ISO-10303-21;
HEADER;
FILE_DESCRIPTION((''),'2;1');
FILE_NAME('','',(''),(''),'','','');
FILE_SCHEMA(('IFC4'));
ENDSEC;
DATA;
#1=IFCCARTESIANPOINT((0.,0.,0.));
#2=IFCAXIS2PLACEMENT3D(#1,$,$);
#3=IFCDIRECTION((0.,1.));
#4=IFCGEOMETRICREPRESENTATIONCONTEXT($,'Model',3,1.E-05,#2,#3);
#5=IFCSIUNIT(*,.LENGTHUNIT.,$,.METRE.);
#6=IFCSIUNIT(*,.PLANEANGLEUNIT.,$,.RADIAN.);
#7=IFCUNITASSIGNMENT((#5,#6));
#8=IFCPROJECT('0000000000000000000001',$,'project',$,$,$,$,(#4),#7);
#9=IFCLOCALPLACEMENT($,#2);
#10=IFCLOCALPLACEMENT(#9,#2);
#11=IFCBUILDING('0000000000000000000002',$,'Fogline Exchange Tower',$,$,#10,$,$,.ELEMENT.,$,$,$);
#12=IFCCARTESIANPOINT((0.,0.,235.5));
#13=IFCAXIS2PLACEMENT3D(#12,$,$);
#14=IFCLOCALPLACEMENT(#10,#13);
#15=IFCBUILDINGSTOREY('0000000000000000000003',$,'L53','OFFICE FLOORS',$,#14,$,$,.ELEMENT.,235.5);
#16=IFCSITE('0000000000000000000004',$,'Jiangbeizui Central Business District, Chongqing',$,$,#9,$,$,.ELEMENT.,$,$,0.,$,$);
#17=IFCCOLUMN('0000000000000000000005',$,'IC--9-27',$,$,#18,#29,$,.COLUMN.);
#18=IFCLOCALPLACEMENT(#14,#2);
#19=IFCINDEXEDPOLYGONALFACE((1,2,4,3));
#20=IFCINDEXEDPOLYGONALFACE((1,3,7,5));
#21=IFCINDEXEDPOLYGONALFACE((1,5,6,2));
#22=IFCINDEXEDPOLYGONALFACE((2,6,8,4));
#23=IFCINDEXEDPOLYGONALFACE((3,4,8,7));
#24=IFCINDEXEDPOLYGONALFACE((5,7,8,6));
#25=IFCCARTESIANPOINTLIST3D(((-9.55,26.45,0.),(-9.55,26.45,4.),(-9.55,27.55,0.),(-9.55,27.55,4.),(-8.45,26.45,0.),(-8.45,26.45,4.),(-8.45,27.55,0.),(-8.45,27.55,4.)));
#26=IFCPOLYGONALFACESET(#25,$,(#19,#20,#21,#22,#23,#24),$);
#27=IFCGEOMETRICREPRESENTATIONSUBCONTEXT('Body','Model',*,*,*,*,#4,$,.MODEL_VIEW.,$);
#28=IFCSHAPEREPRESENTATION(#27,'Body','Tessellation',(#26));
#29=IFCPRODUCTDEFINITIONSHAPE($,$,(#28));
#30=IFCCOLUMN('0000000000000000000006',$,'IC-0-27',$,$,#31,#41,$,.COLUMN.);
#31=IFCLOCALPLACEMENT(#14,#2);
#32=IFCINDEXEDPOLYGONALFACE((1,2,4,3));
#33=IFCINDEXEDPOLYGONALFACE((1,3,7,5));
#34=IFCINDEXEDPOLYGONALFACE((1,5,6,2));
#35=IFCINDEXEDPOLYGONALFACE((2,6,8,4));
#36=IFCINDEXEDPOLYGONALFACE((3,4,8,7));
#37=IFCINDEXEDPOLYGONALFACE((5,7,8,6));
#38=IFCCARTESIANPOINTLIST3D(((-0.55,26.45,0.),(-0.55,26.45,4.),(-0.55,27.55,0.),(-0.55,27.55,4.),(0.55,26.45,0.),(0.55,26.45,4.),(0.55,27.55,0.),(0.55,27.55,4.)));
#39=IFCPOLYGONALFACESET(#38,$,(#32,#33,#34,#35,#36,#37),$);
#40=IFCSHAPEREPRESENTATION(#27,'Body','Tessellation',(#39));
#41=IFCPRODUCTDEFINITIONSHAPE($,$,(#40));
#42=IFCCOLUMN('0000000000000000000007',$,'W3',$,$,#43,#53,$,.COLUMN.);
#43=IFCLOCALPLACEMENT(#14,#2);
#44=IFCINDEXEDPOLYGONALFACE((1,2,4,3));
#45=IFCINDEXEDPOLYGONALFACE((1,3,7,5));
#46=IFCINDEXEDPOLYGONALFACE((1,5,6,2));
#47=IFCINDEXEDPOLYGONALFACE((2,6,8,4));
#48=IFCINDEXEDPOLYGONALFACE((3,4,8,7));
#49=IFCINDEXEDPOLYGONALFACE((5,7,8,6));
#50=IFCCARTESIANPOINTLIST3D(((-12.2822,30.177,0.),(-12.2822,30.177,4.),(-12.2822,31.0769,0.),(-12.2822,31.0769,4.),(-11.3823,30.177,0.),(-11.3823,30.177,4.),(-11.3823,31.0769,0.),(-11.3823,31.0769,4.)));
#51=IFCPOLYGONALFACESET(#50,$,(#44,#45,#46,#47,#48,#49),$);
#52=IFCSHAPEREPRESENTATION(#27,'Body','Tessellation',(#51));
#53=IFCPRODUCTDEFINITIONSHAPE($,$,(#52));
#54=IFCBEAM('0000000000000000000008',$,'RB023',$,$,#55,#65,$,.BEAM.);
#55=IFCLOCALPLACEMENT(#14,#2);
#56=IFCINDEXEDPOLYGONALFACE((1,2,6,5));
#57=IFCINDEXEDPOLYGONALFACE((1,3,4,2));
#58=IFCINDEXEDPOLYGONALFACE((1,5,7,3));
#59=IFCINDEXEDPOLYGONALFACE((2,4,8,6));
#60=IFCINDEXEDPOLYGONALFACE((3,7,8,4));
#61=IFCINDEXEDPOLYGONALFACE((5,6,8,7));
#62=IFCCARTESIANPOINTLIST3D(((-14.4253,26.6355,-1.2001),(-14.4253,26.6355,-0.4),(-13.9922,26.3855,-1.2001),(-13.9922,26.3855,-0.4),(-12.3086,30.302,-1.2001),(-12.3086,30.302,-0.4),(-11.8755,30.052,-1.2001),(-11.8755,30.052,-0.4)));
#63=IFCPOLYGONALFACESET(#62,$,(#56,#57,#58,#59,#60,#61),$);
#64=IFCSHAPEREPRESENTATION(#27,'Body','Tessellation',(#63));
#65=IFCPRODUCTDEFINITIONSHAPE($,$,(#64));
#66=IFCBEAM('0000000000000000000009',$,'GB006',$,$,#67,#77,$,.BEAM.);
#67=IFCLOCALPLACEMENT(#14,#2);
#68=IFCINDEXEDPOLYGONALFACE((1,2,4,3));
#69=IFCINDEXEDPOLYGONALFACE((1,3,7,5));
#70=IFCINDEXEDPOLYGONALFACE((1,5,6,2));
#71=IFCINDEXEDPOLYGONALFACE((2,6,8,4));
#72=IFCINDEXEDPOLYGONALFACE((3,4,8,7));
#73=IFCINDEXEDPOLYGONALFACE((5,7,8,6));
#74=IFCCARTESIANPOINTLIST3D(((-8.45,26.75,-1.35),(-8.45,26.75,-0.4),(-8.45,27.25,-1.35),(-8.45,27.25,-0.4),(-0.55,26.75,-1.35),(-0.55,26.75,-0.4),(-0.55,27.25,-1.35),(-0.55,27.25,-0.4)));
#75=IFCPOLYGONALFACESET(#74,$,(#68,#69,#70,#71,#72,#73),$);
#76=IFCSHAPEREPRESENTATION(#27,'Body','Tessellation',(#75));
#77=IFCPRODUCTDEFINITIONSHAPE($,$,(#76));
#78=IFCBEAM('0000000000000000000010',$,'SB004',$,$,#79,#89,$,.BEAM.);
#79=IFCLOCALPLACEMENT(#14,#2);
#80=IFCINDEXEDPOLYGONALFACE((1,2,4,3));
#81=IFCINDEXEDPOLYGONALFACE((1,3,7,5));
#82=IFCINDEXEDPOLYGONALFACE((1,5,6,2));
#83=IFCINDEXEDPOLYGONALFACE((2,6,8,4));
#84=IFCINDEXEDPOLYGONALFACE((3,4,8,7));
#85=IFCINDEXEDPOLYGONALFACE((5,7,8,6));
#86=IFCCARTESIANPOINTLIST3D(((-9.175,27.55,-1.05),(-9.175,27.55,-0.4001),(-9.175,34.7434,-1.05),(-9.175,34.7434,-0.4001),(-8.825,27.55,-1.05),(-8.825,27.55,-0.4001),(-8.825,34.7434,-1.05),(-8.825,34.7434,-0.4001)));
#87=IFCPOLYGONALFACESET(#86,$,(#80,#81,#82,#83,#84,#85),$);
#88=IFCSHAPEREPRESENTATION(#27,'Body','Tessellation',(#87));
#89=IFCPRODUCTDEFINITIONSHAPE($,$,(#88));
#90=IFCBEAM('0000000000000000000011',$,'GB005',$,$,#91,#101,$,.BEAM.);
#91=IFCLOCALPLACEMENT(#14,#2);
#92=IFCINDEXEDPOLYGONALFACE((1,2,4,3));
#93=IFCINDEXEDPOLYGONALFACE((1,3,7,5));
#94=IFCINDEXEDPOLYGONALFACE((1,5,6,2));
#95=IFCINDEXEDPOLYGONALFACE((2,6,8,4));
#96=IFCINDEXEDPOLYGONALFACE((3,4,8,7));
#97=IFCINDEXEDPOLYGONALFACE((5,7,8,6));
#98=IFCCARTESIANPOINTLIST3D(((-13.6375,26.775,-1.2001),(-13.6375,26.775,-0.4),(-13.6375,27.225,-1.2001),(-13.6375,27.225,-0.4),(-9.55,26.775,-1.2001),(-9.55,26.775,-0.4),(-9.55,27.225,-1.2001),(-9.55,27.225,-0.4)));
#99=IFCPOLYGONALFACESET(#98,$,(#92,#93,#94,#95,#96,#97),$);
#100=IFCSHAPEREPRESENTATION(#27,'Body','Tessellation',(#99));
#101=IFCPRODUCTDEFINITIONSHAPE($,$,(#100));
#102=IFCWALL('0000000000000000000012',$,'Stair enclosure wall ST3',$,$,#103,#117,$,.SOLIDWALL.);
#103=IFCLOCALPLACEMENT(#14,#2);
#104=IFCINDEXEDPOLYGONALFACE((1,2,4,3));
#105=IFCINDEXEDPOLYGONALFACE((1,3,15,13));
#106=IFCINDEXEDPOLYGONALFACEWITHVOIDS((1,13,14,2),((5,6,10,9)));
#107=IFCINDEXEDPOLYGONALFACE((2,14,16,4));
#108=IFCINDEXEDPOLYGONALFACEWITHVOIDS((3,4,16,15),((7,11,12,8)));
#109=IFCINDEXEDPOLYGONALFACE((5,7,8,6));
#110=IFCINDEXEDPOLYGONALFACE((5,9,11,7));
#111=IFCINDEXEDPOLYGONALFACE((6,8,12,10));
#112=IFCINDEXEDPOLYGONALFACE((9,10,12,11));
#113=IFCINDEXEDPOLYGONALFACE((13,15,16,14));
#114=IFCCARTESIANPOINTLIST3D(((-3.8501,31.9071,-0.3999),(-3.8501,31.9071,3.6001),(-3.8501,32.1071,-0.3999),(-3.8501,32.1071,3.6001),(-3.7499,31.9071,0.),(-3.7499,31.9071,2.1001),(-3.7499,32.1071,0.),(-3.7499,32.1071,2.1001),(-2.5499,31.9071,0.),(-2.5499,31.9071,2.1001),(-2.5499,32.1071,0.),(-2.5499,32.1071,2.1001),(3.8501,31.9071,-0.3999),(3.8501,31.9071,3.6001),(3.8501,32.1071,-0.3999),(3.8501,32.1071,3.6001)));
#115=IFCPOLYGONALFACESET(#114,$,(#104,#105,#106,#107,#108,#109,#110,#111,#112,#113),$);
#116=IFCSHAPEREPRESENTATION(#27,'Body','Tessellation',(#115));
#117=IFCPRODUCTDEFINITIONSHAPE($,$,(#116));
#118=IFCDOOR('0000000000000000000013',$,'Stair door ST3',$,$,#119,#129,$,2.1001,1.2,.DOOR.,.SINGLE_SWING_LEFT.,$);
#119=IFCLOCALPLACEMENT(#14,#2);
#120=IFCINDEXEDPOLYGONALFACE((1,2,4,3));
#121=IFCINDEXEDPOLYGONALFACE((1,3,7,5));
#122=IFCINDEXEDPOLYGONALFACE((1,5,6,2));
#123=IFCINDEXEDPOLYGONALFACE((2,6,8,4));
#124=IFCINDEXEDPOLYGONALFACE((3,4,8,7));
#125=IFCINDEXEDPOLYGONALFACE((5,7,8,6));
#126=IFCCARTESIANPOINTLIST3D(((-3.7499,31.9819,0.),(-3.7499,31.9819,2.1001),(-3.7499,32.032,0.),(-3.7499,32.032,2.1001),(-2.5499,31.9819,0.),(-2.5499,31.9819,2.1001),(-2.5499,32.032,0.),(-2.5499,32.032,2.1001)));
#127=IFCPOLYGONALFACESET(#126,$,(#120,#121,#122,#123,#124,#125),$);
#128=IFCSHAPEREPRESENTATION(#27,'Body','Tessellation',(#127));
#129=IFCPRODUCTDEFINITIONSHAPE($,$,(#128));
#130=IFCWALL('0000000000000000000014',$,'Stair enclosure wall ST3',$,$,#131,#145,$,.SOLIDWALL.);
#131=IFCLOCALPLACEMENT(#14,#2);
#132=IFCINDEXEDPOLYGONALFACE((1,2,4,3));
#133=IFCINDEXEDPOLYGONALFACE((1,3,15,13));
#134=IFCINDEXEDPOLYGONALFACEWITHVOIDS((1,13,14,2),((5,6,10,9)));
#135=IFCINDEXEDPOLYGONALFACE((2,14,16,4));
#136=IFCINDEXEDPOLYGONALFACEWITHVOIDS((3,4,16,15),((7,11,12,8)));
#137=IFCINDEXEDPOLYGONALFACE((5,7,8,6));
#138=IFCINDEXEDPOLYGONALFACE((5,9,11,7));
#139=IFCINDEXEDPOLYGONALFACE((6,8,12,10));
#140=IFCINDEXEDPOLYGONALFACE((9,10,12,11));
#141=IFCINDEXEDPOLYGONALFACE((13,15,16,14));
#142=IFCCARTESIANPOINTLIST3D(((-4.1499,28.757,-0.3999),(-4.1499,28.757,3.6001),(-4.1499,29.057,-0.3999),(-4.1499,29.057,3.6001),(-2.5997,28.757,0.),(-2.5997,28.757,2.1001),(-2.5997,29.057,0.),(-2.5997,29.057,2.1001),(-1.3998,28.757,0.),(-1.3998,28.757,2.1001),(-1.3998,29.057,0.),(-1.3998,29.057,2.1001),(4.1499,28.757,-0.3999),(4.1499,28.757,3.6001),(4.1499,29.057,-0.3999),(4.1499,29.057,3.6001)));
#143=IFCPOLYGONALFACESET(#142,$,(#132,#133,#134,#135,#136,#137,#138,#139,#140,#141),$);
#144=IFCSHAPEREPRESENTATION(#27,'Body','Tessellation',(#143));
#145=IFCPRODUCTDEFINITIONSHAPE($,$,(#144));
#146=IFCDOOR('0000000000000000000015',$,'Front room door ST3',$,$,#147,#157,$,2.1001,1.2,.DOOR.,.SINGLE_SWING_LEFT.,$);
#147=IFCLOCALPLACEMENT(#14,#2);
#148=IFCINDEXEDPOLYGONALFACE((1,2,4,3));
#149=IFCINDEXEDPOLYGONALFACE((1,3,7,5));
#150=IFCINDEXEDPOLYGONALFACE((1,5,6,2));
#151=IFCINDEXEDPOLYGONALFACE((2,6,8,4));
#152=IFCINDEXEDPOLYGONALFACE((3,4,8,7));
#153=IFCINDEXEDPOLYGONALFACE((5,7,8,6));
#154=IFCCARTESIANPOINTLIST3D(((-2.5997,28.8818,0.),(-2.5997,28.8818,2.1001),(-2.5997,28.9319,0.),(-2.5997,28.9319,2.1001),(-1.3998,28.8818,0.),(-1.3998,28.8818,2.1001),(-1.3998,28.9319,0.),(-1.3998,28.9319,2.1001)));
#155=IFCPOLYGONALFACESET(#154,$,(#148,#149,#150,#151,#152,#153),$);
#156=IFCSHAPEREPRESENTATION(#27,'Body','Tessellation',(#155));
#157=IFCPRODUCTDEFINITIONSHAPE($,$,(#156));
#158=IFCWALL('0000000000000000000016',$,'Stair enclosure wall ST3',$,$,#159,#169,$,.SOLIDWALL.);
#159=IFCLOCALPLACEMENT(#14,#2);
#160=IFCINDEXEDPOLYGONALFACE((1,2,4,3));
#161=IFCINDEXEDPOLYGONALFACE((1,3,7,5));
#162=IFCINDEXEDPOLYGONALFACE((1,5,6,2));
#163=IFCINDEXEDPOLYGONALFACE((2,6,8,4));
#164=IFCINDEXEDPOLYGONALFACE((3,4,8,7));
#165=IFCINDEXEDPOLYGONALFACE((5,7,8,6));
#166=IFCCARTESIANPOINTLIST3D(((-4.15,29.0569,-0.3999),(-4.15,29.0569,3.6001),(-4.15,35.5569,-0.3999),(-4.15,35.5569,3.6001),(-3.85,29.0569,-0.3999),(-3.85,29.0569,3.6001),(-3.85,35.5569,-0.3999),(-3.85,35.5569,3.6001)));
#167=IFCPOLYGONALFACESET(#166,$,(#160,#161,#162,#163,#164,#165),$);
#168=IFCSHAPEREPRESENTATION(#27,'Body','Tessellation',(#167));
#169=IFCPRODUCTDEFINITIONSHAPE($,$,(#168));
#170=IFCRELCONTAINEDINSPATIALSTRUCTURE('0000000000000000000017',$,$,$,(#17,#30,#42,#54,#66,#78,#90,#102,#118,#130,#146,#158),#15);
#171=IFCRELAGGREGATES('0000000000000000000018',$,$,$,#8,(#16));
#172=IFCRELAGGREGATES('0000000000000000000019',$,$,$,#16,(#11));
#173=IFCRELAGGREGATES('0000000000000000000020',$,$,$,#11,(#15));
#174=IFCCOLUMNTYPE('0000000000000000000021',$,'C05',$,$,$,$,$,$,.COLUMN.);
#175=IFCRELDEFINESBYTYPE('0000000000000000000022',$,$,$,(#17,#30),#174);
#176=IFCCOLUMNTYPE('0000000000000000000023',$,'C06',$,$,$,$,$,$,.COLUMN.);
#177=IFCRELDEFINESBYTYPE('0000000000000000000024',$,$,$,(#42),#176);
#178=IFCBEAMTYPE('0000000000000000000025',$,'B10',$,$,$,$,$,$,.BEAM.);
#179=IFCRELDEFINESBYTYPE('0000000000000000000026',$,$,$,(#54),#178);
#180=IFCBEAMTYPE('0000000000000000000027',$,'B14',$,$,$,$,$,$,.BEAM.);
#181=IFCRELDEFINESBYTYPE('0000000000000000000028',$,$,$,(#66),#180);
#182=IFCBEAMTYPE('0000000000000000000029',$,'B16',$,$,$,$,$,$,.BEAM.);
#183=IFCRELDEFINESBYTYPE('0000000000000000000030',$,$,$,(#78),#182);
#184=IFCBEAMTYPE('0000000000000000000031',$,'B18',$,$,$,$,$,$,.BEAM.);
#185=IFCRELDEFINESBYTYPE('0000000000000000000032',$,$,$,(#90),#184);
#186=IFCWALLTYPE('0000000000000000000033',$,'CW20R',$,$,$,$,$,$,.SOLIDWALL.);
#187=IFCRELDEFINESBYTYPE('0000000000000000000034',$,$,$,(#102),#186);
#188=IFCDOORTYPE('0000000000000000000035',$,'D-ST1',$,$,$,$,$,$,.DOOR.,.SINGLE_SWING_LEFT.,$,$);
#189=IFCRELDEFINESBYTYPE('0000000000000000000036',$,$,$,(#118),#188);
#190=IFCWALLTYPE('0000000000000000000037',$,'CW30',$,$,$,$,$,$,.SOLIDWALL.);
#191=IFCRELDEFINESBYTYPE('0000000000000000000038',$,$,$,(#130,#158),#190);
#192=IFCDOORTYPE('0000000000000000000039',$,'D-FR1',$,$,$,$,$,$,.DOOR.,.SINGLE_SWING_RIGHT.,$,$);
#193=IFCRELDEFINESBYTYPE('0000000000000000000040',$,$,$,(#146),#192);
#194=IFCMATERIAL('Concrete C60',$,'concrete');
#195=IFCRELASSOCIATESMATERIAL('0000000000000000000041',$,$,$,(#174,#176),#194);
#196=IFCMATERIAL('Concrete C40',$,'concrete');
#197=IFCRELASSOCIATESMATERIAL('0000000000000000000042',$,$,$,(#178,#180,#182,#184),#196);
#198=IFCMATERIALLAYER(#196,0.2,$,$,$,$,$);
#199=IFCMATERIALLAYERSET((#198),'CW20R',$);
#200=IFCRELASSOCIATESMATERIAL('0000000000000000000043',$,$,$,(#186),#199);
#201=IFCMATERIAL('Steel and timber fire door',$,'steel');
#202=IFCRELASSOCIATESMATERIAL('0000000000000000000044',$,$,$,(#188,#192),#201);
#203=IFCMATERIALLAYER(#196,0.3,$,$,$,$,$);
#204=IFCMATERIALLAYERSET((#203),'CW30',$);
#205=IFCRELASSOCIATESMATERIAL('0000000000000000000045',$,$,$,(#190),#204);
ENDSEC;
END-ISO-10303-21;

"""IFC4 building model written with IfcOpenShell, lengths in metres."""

from ifc_helpers import new_model, si_unit, direction, frame, frame_2d, origin, origin_2d, place, context, subcontext, project, spatial, rectangle, extrude, material, layer, layer_set, material_profile, profile_set, type_object, element, fill, save


model = new_model("IFC4")

# Units and contexts
model_context = context("Model", 3, precision=1e-05, world=origin(), true_north=direction((0.0, 1.0)))
body_context = subcontext(model_context, "Body", "Model", "MODEL_VIEW")
ifc_project = project(units=[si_unit("LENGTHUNIT", "METRE"), si_unit("PLANEANGLEUNIT", "RADIAN")], contexts=[model_context])

# Site, building, storey
site_placement = place(None, origin())
site = spatial("IfcSite", under=ifc_project, at=site_placement, Name="Jiangbeizui Central Business District, Chongqing", CompositionType="ELEMENT", RefElevation=0.0)
building_placement = place(site_placement, origin())
building = spatial("IfcBuilding", under=site, at=building_placement, Name="Fogline Exchange Tower", CompositionType="ELEMENT")
storey_placement = place(building_placement, frame((0.0, 0.0, 235.5)))
storey = spatial("IfcBuildingStorey", under=building, at=storey_placement, Name="L53", Description="OFFICE FLOORS", CompositionType="ELEMENT", Elevation=235.5)

# Columns
ifc_material_1 = material(Name="Concrete C60", Category="concrete")
ifc_material_profile_1 = material_profile(ifc_material_1, rectangle(XDim=1.1001, YDim=1.1001, at=origin_2d()), Name="RC 1100x1100")
ifc_profile_set_1 = profile_set([ifc_material_profile_1], Name="Concrete C60")
column_type_1 = type_object("IfcColumnType", Name="C05", PredefinedType="COLUMN", material=ifc_profile_set_1)
for number, where, z_axis, x_axis, name in (
    (1, (-9.0, 27.0, 0.0), (0.0, 0.0, 1.0), (1.0, 0.0, 0.0), "IC--9-27"),
    (2, (0.0, 27.0, 0.0), (0.0, 0.0, 1.0), (1.0, 0.0, 0.0), "IC-0-27"),
):
    element("IfcColumn", number, at=place(storey_placement, frame(where, z_axis=z_axis, x_axis=x_axis)), inside=storey, type_object=column_type_1, Name=name, PredefinedType="COLUMN", context=body_context, shape_type="SweptSolid", body=[
        extrude(rectangle(XDim=1.1001, YDim=1.1001, at=origin_2d()), origin(), (0.0, 0.0, 1.0), 4.0),
    ])
ifc_material_profile_2 = material_profile(ifc_material_1, rectangle(XDim=0.8999, YDim=0.8999, at=origin_2d()), Name="RC 900x900")
ifc_profile_set_2 = profile_set([ifc_material_profile_2], Name="Concrete C60")
column_type_2 = type_object("IfcColumnType", Name="C06", PredefinedType="COLUMN", material=ifc_profile_set_2)
column_placement = place(storey_placement, frame((-11.8323, 30.627, 0.0), z_axis=(0.0, 0.0, 1.0), x_axis=(1.0, 0.0, 0.0)))
element("IfcColumn", 3, at=column_placement, inside=storey, type_object=column_type_2, Name="W3", PredefinedType="COLUMN", context=body_context, shape_type="SweptSolid", body=[
    extrude(rectangle(XDim=0.8999, YDim=0.8999, at=origin_2d()), origin(), (0.0, 0.0, 1.0), 4.0),
])

# Beams
ifc_material_2 = material(Name="Concrete C40", Category="concrete")
ifc_material_profile_3 = material_profile(ifc_material_2, rectangle(XDim=0.5, YDim=0.8, at=origin_2d()), Name="RC 500x800")
ifc_profile_set_3 = profile_set([ifc_material_profile_3], Name="Concrete C40")
beam_type_1 = type_object("IfcBeamType", Name="B10", PredefinedType="BEAM", material=ifc_profile_set_3)
beam_1_placement = place(storey_placement, frame((-12.092, 30.177, -0.8), z_axis=(-0.499972, -0.866042, 0.0), x_axis=(0.866042, -0.499972, 0.0)))
element("IfcBeam", 4, at=beam_1_placement, inside=storey, type_object=beam_type_1, Name="RB023", PredefinedType="BEAM", context=body_context, shape_type="SweptSolid", body=[
    extrude(rectangle(XDim=0.5, YDim=0.8, at=origin_2d()), origin(), (0.0, 0.0, 1.0), 4.2336),
])
ifc_material_profile_4 = material_profile(ifc_material_2, rectangle(XDim=0.5, YDim=0.95, at=origin_2d()), Name="RC 500x950")
ifc_profile_set_4 = profile_set([ifc_material_profile_4], Name="Concrete C40")
beam_type_2 = type_object("IfcBeamType", Name="B14", PredefinedType="BEAM", material=ifc_profile_set_4)
beam_2_placement = place(storey_placement, frame((-8.45, 27.0, -0.875), z_axis=(1.0, 0.0, 0.0), x_axis=(0.0, 1.0, 0.0)))
element("IfcBeam", 5, at=beam_2_placement, inside=storey, type_object=beam_type_2, Name="GB006", PredefinedType="BEAM", context=body_context, shape_type="SweptSolid", body=[
    extrude(rectangle(XDim=0.5, YDim=0.95, at=origin_2d()), origin(), (0.0, 0.0, 1.0), 7.8999),
])
ifc_material_profile_5 = material_profile(ifc_material_2, rectangle(XDim=0.3501, YDim=0.6499, at=origin_2d()), Name="RC 350x650")
ifc_profile_set_5 = profile_set([ifc_material_profile_5], Name="Concrete C40")
beam_type_3 = type_object("IfcBeamType", Name="B16", PredefinedType="BEAM", material=ifc_profile_set_5)
beam_3_placement = place(storey_placement, frame((-9.0, 27.55, -0.7251), z_axis=(0.0, 1.0, 0.0), x_axis=(-1.0, 0.0, 0.0)))
element("IfcBeam", 6, at=beam_3_placement, inside=storey, type_object=beam_type_3, Name="SB004", PredefinedType="BEAM", context=body_context, shape_type="SweptSolid", body=[
    extrude(rectangle(XDim=0.3501, YDim=0.6499, at=origin_2d()), origin(), (0.0, 0.0, 1.0), 7.1934),
])
ifc_material_profile_6 = material_profile(ifc_material_2, rectangle(XDim=0.45, YDim=0.8, at=origin_2d()), Name="RC 450x800")
ifc_profile_set_6 = profile_set([ifc_material_profile_6], Name="Concrete C40")
beam_type_4 = type_object("IfcBeamType", Name="B18", PredefinedType="BEAM", material=ifc_profile_set_6)
beam_4_placement = place(storey_placement, frame((-13.6375, 27.0, -0.8), z_axis=(1.0, 0.0, 0.0), x_axis=(0.0, 1.0, 0.0)))
element("IfcBeam", 7, at=beam_4_placement, inside=storey, type_object=beam_type_4, Name="GB005", PredefinedType="BEAM", context=body_context, shape_type="SweptSolid", body=[
    extrude(rectangle(XDim=0.45, YDim=0.8, at=origin_2d()), origin(), (0.0, 0.0, 1.0), 4.0874),
])

# Walls, openings, doors
ifc_layer_1 = layer(ifc_material_2, 0.2)
ifc_layer_set_1 = layer_set([ifc_layer_1], Name="CW20R")
wall_type_1 = type_object("IfcWallType", Name="CW20R", PredefinedType="SOLIDWALL", material=ifc_layer_set_1)
wall_1_placement = place(storey_placement, frame((-3.8501, 32.0071, -0.3999), z_axis=(0.0, 0.0, 1.0), x_axis=(1.0, 0.0, 0.0)))
wall_1 = element("IfcWall", 8, at=wall_1_placement, inside=storey, type_object=wall_type_1, Name="Stair enclosure wall ST3", PredefinedType="SOLIDWALL", context=body_context, shape_type="SweptSolid", body=[
    extrude(rectangle(XDim=7.7002, YDim=0.2, at=frame_2d((3.8501, 0.0))), origin(), (0.0, 0.0, 1.0), 4.0),
])
opening_1_placement = place(wall_1_placement, frame((0.1001, 0.0, 0.3999)))
opening_1 = element("IfcOpeningElement", 9, at=opening_1_placement, cuts=wall_1, PredefinedType="OPENING", context=body_context, shape_type="SweptSolid", body=[
    extrude(rectangle(XDim=1.2, YDim=2.1001, at=frame_2d((0.6001, 1.05))), frame((0.0, 0.1099, 0.0), z_axis=(0.0, -1.0, 0.0), x_axis=(1.0, 0.0, 0.0)), (0.0, 0.0, 1.0), 0.22),
])
ifc_material_3 = material(Name="Steel and timber fire door", Category="steel")
door_type_1 = type_object("IfcDoorType", Name="D-ST1", OperationType="SINGLE_SWING_LEFT", PredefinedType="DOOR", material=ifc_material_3)
door_1_placement = place(opening_1_placement, origin())
door_1 = element("IfcDoor", 10, at=door_1_placement, inside=storey, type_object=door_type_1, Name="Stair door ST3", OperationType="SINGLE_SWING_LEFT", OverallHeight=2.1001, OverallWidth=1.2, PredefinedType="DOOR", context=body_context, shape_type="SweptSolid", body=[
    extrude(rectangle(XDim=1.2, YDim=2.1001, at=frame_2d((0.6001, 1.05))), frame((0.0, 0.0249, 0.0), z_axis=(0.0, -1.0, 0.0), x_axis=(1.0, 0.0, 0.0)), (0.0, 0.0, 1.0), 0.05),
])
fill(opening_1, door_1)
ifc_layer_2 = layer(ifc_material_2, 0.3)
ifc_layer_set_2 = layer_set([ifc_layer_2], Name="CW30")
wall_type_2 = type_object("IfcWallType", Name="CW30", PredefinedType="SOLIDWALL", material=ifc_layer_set_2)
wall_2_placement = place(storey_placement, frame((-4.1499, 28.907, -0.3999), z_axis=(0.0, 0.0, 1.0), x_axis=(1.0, 0.0, 0.0)))
wall_2 = element("IfcWall", 11, at=wall_2_placement, inside=storey, type_object=wall_type_2, Name="Stair enclosure wall ST3", PredefinedType="SOLIDWALL", context=body_context, shape_type="SweptSolid", body=[
    extrude(rectangle(XDim=8.2998, YDim=0.3, at=frame_2d((4.1499, 0.0))), origin(), (0.0, 0.0, 1.0), 4.0),
])
opening_2_placement = place(wall_2_placement, frame((1.55, 0.0, 0.3999)))
opening_2 = element("IfcOpeningElement", 12, at=opening_2_placement, cuts=wall_2, PredefinedType="OPENING", context=body_context, shape_type="SweptSolid", body=[
    extrude(rectangle(XDim=1.2, YDim=2.1001, at=frame_2d((0.6001, 1.05))), frame((0.0, 0.1602, 0.0), z_axis=(0.0, -1.0, 0.0), x_axis=(1.0, 0.0, 0.0)), (0.0, 0.0, 1.0), 0.3201),
])
door_type_2 = type_object("IfcDoorType", Name="D-FR1", OperationType="SINGLE_SWING_RIGHT", PredefinedType="DOOR", material=ifc_material_3)
door_2_placement = place(opening_2_placement, origin())
door_2 = element("IfcDoor", 13, at=door_2_placement, inside=storey, type_object=door_type_2, Name="Front room door ST3", OperationType="SINGLE_SWING_LEFT", OverallHeight=2.1001, OverallWidth=1.2, PredefinedType="DOOR", context=body_context, shape_type="SweptSolid", body=[
    extrude(rectangle(XDim=1.2, YDim=2.1001, at=frame_2d((0.6001, 1.05))), frame((0.0, 0.0249, 0.0), z_axis=(0.0, -1.0, 0.0), x_axis=(1.0, 0.0, 0.0)), (0.0, 0.0, 1.0), 0.05),
])
fill(opening_2, door_2)

# Wall
wall_3_placement = place(storey_placement, frame((-4.0, 29.0569, -0.3999), z_axis=(0.0, 0.0, 1.0), x_axis=(0.0, 1.0, 0.0)))
element("IfcWall", 14, at=wall_3_placement, inside=storey, type_object=wall_type_2, Name="Stair enclosure wall ST3", PredefinedType="SOLIDWALL", context=body_context, shape_type="SweptSolid", body=[
    extrude(rectangle(XDim=6.5, YDim=0.3, at=frame_2d((3.25, 0.0))), origin(), (0.0, 0.0, 1.0), 4.0),
])

save(model, "model.ifc")
